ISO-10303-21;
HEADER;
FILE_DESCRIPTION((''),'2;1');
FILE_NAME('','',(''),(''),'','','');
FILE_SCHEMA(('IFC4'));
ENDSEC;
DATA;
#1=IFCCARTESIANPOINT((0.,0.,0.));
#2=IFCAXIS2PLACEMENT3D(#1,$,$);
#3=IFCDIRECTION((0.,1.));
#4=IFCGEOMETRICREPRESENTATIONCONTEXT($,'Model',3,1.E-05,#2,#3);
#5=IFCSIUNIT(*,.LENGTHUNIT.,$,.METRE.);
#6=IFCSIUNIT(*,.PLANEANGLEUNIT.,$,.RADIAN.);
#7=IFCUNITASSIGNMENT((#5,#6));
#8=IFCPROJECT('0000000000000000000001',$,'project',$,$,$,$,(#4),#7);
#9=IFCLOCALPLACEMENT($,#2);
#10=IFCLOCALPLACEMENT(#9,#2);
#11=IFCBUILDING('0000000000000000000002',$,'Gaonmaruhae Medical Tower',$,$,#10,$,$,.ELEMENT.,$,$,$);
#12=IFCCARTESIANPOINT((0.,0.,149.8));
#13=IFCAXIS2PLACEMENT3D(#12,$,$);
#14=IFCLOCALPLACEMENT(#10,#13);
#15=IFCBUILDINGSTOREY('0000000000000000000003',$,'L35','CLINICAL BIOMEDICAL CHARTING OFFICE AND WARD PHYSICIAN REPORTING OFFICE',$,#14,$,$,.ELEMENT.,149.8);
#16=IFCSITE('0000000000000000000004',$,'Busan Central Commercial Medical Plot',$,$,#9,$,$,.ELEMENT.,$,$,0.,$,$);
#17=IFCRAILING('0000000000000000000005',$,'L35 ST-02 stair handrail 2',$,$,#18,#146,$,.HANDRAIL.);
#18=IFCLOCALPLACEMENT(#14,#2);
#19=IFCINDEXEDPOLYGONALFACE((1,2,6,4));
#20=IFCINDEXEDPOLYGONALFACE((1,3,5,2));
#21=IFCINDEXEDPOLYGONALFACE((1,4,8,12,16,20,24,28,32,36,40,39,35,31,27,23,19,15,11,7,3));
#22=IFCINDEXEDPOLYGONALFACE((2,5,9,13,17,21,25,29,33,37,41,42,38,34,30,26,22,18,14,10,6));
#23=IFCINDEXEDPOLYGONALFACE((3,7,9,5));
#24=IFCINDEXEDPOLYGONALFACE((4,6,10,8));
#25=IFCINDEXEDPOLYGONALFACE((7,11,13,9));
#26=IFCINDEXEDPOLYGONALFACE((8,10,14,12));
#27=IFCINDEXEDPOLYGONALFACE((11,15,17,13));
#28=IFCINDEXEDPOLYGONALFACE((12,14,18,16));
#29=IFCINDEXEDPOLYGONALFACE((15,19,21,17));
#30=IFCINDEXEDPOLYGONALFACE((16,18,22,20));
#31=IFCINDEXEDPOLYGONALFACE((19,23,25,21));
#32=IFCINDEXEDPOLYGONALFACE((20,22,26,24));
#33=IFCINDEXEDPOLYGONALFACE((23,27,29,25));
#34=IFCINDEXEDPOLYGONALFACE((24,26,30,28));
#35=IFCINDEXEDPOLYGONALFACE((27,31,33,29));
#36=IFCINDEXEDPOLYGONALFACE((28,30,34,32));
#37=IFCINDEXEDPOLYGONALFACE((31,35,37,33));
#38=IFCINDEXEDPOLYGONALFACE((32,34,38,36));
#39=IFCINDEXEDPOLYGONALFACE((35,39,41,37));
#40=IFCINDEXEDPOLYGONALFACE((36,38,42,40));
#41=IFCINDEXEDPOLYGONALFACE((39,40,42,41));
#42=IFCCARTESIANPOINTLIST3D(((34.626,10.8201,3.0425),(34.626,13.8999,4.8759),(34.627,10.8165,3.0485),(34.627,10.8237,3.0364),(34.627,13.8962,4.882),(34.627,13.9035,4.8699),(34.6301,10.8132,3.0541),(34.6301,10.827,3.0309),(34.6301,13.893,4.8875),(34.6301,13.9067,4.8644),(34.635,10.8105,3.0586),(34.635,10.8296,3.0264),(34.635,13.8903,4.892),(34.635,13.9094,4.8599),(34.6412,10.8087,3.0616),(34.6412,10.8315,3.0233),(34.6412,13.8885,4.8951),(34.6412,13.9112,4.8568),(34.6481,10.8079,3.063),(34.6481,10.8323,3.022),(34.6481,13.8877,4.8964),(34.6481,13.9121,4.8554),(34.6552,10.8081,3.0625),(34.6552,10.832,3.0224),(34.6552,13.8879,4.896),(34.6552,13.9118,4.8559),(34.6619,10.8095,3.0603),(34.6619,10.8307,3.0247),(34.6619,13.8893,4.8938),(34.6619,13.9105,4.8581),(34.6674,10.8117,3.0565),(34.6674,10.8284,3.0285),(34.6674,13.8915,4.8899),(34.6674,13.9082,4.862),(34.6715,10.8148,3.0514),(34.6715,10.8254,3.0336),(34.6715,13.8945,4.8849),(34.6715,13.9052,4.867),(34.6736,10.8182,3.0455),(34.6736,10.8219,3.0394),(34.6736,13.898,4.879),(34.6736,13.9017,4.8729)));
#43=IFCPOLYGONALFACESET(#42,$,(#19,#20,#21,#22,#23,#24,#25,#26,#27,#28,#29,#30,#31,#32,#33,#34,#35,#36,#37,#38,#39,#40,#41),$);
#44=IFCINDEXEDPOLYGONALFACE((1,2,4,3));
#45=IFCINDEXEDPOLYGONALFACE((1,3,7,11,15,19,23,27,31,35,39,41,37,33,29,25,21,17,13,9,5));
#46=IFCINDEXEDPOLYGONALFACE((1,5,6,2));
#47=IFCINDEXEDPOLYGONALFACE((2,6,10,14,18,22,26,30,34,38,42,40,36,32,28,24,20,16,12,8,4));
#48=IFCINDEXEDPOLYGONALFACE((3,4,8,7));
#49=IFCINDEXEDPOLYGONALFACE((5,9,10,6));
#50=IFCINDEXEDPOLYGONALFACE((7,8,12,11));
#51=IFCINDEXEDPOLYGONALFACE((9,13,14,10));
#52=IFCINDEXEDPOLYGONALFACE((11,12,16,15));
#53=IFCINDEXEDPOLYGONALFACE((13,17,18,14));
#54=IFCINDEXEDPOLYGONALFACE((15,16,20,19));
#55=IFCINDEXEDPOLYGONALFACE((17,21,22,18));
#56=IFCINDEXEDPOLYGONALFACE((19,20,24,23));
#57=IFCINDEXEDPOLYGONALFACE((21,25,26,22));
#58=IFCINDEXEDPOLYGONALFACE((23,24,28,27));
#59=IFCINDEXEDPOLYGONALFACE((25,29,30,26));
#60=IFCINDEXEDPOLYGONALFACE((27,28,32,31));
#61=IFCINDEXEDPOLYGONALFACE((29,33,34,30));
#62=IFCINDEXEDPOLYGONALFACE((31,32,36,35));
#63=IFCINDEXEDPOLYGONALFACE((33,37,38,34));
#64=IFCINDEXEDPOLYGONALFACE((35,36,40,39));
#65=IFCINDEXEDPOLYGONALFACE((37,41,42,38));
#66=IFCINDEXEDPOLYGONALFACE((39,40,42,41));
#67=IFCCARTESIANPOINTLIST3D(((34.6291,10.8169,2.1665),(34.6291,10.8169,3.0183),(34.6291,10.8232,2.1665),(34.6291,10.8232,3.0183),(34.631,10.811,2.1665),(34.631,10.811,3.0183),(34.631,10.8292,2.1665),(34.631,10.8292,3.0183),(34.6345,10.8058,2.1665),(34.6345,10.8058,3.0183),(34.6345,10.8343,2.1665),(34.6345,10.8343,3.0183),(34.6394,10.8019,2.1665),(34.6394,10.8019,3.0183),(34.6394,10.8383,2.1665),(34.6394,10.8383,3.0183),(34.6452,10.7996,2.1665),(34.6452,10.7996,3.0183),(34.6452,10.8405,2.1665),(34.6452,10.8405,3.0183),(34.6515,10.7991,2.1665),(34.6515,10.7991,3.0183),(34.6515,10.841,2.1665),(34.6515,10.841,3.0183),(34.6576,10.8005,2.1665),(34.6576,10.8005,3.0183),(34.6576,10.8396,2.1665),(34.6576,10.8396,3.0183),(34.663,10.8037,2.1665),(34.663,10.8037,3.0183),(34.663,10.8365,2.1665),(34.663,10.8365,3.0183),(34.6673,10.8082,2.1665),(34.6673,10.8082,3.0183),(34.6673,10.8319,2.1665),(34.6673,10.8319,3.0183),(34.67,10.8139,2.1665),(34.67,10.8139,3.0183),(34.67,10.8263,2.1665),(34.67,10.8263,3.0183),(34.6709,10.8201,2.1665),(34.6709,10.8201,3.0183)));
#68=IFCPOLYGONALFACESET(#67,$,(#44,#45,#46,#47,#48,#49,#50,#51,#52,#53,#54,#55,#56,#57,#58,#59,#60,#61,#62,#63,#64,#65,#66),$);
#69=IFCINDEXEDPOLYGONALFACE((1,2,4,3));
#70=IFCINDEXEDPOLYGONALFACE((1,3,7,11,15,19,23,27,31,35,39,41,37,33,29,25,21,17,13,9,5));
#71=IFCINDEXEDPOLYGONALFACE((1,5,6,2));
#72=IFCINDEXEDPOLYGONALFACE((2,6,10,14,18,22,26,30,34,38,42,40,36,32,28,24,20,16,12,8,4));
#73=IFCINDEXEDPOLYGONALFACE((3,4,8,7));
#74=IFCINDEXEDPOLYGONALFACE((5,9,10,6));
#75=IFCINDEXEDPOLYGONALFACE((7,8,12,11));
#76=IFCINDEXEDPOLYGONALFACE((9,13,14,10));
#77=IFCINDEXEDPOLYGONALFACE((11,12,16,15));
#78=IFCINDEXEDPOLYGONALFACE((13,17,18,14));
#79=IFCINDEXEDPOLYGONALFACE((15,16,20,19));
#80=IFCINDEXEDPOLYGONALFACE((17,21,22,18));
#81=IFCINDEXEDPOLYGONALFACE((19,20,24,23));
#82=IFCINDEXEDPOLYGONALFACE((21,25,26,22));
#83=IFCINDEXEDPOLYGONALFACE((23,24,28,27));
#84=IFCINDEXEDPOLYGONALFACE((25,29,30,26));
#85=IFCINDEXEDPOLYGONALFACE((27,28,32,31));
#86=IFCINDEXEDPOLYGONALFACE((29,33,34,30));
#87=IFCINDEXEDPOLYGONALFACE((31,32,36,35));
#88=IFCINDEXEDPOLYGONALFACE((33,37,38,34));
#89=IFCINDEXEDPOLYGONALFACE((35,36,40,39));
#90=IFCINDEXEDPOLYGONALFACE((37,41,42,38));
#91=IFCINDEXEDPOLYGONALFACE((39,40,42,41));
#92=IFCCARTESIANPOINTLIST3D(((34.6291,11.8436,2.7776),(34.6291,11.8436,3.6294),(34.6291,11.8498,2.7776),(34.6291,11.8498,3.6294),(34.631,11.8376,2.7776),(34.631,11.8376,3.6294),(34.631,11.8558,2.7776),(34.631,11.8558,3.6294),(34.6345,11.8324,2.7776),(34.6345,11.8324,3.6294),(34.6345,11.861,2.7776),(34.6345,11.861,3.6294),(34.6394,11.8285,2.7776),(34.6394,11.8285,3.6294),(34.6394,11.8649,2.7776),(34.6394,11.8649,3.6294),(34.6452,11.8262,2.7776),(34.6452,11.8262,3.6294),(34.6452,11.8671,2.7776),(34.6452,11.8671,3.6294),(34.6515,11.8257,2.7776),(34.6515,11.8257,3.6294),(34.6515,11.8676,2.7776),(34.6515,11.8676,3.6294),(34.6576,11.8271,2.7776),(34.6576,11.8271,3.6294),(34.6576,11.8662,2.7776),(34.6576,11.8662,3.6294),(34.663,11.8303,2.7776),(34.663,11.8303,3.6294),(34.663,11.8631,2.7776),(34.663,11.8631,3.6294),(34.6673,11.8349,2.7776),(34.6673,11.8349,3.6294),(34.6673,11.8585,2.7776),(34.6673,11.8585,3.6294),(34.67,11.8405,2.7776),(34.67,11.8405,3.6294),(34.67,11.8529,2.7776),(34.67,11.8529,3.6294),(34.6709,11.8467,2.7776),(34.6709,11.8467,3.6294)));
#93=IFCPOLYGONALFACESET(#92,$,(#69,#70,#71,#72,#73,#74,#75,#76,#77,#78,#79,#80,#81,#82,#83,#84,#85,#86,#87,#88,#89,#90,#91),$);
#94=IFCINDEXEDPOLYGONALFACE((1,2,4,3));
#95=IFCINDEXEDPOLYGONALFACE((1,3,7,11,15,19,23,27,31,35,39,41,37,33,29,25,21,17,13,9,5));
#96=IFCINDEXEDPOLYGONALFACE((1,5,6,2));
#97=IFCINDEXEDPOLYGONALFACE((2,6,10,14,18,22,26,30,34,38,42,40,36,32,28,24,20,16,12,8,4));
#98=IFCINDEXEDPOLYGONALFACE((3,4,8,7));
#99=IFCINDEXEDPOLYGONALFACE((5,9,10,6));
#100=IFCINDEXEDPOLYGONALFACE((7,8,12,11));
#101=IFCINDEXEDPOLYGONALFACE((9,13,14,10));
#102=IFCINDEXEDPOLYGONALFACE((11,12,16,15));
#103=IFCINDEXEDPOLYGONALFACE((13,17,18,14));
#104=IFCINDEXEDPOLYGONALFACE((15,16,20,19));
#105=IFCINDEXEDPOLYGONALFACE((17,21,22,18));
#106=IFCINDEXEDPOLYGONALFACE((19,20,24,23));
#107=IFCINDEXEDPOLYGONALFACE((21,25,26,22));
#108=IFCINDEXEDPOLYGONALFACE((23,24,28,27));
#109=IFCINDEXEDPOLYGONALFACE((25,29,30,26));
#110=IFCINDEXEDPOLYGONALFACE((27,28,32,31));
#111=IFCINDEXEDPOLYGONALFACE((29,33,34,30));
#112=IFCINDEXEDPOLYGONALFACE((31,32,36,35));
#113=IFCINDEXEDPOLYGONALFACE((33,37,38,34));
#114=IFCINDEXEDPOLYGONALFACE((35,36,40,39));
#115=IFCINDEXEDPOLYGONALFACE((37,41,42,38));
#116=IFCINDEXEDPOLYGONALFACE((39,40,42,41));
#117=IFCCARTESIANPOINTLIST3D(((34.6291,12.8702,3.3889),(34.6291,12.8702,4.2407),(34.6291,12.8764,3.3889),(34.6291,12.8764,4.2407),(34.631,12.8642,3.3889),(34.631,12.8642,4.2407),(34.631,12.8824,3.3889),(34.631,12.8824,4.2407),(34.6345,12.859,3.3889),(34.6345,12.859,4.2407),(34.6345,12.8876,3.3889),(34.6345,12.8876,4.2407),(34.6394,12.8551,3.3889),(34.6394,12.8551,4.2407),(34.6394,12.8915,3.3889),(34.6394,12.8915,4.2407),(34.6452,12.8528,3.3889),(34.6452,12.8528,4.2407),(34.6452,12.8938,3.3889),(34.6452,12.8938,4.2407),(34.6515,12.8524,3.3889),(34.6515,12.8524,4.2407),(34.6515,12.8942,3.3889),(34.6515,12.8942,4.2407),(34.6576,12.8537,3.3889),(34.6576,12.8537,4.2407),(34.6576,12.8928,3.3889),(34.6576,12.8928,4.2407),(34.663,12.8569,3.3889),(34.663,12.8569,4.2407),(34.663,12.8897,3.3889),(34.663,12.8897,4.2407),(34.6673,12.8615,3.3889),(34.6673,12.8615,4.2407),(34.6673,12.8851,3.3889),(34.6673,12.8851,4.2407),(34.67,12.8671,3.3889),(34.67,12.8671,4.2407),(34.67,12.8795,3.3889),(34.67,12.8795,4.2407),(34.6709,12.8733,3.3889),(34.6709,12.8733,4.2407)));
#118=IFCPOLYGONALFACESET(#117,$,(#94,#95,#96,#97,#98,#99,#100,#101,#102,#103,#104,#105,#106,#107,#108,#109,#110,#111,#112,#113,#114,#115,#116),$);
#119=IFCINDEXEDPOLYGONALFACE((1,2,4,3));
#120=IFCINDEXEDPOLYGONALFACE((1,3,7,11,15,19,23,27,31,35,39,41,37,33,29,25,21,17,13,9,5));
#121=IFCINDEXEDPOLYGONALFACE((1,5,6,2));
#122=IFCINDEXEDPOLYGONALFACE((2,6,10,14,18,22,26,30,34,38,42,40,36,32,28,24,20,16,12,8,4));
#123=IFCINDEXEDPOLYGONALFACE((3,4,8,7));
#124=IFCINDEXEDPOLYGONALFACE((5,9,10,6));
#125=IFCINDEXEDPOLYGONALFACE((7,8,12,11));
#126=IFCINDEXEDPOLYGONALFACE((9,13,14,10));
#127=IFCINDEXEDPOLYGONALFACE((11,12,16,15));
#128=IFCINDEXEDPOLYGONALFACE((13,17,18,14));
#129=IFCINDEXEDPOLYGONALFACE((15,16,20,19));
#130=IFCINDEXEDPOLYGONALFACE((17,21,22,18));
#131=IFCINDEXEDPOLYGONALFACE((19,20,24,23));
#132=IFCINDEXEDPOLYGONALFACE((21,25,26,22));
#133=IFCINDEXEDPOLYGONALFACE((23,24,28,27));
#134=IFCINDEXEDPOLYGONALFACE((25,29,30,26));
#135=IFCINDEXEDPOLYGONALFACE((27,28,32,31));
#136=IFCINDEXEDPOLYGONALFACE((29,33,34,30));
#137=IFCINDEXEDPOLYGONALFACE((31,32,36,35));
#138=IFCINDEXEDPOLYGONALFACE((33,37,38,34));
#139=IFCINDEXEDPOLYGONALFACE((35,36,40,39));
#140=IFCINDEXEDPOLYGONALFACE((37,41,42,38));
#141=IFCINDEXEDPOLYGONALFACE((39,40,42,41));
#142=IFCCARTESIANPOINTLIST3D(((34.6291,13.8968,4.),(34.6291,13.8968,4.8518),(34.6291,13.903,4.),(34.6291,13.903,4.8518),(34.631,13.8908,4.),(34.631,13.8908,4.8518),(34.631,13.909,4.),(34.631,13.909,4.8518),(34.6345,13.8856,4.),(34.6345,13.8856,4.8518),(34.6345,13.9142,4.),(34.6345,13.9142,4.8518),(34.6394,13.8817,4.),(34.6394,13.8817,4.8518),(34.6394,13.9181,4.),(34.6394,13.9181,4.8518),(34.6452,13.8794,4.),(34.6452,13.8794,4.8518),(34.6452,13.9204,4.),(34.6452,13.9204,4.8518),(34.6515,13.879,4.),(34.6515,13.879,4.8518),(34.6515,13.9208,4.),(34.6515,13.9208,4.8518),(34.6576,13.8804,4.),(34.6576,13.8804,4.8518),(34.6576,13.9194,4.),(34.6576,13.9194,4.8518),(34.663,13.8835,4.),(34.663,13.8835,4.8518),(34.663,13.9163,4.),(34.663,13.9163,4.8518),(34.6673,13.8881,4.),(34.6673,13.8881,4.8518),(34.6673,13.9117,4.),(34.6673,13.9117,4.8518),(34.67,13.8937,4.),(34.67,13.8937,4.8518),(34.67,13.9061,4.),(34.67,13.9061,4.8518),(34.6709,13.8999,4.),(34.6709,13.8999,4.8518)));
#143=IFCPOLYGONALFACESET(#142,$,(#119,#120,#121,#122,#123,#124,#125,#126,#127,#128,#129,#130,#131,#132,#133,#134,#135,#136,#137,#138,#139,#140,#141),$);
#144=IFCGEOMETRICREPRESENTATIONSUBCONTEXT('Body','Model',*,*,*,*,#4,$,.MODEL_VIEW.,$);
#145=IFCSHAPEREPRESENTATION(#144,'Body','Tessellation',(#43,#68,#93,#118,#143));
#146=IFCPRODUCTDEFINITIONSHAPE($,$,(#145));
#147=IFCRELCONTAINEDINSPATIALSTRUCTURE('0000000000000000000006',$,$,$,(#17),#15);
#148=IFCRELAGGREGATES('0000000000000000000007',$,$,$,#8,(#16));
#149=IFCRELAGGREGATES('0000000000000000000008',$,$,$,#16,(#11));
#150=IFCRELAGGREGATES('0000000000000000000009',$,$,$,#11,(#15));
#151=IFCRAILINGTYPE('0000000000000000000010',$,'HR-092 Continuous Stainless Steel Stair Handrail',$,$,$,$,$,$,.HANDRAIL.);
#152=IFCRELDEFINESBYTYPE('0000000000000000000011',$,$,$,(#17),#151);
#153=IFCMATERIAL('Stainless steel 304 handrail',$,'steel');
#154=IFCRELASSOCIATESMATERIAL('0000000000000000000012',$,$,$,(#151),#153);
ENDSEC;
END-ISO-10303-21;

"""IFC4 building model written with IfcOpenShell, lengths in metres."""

from ifc_helpers import new_model, si_unit, direction, frame, origin, origin_2d, place, context, subcontext, project, spatial, circle, extrude, material, type_object, element, save


model = new_model("IFC4")

# Units and contexts
model_context = context("Model", 3, precision=1e-05, world=origin(), true_north=direction((0.0, 1.0)))
body_context = subcontext(model_context, "Body", "Model", "MODEL_VIEW")
ifc_project = project(units=[si_unit("LENGTHUNIT", "METRE"), si_unit("PLANEANGLEUNIT", "RADIAN")], contexts=[model_context])

# Site, building, storey
site_placement = place(None, origin())
site = spatial("IfcSite", under=ifc_project, at=site_placement, Name="Busan Central Commercial Medical Plot", CompositionType="ELEMENT", RefElevation=0.0)
building_placement = place(site_placement, origin())
building = spatial("IfcBuilding", under=site, at=building_placement, Name="Gaonmaruhae Medical Tower", CompositionType="ELEMENT")
storey_placement = place(building_placement, frame((0.0, 0.0, 149.8)))
storey = spatial("IfcBuildingStorey", under=building, at=storey_placement, Name="L35", Description="CLINICAL BIOMEDICAL CHARTING OFFICE AND WARD PHYSICIAN REPORTING OFFICE", CompositionType="ELEMENT", Elevation=149.8)

# Railing
ifc_material_1 = material(Name="Stainless steel 304 handrail", Category="steel")
railing_type_1 = type_object("IfcRailingType", Name="HR-092 Continuous Stainless Steel Stair Handrail", PredefinedType="HANDRAIL", material=ifc_material_1)
railing_1_placement = place(storey_placement, frame((34.6499, 10.8201, 2.1665)))
element("IfcRailing", 1, at=railing_1_placement, inside=storey, type_object=railing_type_1, Name="L35 ST-02 stair handrail 2", PredefinedType="HANDRAIL", context=body_context, shape_type="SweptSolid", body=[
    extrude(circle(Radius=0.0239, at=origin_2d()), frame((0.0, 0.0, 0.876), z_axis=(0.0, 0.859261, 0.511538), x_axis=(-1.0, 0.0, 0.0)), (0.0, 0.0, 1.0), 3.5842),
    extrude(circle(Radius=0.021, at=origin_2d()), origin(), (0.0, 0.0, 1.0), 0.8518),
    extrude(circle(Radius=0.021, at=origin_2d()), frame((0.0, 1.0266, 0.6111)), (0.0, 0.0, 1.0), 0.8518),
    extrude(circle(Radius=0.021, at=origin_2d()), frame((0.0, 2.0532, 1.2224)), (0.0, 0.0, 1.0), 0.8518),
    extrude(circle(Radius=0.021, at=origin_2d()), frame((0.0, 3.0798, 1.8335)), (0.0, 0.0, 1.0), 0.8518),
])

save(model, "model.ifc")
